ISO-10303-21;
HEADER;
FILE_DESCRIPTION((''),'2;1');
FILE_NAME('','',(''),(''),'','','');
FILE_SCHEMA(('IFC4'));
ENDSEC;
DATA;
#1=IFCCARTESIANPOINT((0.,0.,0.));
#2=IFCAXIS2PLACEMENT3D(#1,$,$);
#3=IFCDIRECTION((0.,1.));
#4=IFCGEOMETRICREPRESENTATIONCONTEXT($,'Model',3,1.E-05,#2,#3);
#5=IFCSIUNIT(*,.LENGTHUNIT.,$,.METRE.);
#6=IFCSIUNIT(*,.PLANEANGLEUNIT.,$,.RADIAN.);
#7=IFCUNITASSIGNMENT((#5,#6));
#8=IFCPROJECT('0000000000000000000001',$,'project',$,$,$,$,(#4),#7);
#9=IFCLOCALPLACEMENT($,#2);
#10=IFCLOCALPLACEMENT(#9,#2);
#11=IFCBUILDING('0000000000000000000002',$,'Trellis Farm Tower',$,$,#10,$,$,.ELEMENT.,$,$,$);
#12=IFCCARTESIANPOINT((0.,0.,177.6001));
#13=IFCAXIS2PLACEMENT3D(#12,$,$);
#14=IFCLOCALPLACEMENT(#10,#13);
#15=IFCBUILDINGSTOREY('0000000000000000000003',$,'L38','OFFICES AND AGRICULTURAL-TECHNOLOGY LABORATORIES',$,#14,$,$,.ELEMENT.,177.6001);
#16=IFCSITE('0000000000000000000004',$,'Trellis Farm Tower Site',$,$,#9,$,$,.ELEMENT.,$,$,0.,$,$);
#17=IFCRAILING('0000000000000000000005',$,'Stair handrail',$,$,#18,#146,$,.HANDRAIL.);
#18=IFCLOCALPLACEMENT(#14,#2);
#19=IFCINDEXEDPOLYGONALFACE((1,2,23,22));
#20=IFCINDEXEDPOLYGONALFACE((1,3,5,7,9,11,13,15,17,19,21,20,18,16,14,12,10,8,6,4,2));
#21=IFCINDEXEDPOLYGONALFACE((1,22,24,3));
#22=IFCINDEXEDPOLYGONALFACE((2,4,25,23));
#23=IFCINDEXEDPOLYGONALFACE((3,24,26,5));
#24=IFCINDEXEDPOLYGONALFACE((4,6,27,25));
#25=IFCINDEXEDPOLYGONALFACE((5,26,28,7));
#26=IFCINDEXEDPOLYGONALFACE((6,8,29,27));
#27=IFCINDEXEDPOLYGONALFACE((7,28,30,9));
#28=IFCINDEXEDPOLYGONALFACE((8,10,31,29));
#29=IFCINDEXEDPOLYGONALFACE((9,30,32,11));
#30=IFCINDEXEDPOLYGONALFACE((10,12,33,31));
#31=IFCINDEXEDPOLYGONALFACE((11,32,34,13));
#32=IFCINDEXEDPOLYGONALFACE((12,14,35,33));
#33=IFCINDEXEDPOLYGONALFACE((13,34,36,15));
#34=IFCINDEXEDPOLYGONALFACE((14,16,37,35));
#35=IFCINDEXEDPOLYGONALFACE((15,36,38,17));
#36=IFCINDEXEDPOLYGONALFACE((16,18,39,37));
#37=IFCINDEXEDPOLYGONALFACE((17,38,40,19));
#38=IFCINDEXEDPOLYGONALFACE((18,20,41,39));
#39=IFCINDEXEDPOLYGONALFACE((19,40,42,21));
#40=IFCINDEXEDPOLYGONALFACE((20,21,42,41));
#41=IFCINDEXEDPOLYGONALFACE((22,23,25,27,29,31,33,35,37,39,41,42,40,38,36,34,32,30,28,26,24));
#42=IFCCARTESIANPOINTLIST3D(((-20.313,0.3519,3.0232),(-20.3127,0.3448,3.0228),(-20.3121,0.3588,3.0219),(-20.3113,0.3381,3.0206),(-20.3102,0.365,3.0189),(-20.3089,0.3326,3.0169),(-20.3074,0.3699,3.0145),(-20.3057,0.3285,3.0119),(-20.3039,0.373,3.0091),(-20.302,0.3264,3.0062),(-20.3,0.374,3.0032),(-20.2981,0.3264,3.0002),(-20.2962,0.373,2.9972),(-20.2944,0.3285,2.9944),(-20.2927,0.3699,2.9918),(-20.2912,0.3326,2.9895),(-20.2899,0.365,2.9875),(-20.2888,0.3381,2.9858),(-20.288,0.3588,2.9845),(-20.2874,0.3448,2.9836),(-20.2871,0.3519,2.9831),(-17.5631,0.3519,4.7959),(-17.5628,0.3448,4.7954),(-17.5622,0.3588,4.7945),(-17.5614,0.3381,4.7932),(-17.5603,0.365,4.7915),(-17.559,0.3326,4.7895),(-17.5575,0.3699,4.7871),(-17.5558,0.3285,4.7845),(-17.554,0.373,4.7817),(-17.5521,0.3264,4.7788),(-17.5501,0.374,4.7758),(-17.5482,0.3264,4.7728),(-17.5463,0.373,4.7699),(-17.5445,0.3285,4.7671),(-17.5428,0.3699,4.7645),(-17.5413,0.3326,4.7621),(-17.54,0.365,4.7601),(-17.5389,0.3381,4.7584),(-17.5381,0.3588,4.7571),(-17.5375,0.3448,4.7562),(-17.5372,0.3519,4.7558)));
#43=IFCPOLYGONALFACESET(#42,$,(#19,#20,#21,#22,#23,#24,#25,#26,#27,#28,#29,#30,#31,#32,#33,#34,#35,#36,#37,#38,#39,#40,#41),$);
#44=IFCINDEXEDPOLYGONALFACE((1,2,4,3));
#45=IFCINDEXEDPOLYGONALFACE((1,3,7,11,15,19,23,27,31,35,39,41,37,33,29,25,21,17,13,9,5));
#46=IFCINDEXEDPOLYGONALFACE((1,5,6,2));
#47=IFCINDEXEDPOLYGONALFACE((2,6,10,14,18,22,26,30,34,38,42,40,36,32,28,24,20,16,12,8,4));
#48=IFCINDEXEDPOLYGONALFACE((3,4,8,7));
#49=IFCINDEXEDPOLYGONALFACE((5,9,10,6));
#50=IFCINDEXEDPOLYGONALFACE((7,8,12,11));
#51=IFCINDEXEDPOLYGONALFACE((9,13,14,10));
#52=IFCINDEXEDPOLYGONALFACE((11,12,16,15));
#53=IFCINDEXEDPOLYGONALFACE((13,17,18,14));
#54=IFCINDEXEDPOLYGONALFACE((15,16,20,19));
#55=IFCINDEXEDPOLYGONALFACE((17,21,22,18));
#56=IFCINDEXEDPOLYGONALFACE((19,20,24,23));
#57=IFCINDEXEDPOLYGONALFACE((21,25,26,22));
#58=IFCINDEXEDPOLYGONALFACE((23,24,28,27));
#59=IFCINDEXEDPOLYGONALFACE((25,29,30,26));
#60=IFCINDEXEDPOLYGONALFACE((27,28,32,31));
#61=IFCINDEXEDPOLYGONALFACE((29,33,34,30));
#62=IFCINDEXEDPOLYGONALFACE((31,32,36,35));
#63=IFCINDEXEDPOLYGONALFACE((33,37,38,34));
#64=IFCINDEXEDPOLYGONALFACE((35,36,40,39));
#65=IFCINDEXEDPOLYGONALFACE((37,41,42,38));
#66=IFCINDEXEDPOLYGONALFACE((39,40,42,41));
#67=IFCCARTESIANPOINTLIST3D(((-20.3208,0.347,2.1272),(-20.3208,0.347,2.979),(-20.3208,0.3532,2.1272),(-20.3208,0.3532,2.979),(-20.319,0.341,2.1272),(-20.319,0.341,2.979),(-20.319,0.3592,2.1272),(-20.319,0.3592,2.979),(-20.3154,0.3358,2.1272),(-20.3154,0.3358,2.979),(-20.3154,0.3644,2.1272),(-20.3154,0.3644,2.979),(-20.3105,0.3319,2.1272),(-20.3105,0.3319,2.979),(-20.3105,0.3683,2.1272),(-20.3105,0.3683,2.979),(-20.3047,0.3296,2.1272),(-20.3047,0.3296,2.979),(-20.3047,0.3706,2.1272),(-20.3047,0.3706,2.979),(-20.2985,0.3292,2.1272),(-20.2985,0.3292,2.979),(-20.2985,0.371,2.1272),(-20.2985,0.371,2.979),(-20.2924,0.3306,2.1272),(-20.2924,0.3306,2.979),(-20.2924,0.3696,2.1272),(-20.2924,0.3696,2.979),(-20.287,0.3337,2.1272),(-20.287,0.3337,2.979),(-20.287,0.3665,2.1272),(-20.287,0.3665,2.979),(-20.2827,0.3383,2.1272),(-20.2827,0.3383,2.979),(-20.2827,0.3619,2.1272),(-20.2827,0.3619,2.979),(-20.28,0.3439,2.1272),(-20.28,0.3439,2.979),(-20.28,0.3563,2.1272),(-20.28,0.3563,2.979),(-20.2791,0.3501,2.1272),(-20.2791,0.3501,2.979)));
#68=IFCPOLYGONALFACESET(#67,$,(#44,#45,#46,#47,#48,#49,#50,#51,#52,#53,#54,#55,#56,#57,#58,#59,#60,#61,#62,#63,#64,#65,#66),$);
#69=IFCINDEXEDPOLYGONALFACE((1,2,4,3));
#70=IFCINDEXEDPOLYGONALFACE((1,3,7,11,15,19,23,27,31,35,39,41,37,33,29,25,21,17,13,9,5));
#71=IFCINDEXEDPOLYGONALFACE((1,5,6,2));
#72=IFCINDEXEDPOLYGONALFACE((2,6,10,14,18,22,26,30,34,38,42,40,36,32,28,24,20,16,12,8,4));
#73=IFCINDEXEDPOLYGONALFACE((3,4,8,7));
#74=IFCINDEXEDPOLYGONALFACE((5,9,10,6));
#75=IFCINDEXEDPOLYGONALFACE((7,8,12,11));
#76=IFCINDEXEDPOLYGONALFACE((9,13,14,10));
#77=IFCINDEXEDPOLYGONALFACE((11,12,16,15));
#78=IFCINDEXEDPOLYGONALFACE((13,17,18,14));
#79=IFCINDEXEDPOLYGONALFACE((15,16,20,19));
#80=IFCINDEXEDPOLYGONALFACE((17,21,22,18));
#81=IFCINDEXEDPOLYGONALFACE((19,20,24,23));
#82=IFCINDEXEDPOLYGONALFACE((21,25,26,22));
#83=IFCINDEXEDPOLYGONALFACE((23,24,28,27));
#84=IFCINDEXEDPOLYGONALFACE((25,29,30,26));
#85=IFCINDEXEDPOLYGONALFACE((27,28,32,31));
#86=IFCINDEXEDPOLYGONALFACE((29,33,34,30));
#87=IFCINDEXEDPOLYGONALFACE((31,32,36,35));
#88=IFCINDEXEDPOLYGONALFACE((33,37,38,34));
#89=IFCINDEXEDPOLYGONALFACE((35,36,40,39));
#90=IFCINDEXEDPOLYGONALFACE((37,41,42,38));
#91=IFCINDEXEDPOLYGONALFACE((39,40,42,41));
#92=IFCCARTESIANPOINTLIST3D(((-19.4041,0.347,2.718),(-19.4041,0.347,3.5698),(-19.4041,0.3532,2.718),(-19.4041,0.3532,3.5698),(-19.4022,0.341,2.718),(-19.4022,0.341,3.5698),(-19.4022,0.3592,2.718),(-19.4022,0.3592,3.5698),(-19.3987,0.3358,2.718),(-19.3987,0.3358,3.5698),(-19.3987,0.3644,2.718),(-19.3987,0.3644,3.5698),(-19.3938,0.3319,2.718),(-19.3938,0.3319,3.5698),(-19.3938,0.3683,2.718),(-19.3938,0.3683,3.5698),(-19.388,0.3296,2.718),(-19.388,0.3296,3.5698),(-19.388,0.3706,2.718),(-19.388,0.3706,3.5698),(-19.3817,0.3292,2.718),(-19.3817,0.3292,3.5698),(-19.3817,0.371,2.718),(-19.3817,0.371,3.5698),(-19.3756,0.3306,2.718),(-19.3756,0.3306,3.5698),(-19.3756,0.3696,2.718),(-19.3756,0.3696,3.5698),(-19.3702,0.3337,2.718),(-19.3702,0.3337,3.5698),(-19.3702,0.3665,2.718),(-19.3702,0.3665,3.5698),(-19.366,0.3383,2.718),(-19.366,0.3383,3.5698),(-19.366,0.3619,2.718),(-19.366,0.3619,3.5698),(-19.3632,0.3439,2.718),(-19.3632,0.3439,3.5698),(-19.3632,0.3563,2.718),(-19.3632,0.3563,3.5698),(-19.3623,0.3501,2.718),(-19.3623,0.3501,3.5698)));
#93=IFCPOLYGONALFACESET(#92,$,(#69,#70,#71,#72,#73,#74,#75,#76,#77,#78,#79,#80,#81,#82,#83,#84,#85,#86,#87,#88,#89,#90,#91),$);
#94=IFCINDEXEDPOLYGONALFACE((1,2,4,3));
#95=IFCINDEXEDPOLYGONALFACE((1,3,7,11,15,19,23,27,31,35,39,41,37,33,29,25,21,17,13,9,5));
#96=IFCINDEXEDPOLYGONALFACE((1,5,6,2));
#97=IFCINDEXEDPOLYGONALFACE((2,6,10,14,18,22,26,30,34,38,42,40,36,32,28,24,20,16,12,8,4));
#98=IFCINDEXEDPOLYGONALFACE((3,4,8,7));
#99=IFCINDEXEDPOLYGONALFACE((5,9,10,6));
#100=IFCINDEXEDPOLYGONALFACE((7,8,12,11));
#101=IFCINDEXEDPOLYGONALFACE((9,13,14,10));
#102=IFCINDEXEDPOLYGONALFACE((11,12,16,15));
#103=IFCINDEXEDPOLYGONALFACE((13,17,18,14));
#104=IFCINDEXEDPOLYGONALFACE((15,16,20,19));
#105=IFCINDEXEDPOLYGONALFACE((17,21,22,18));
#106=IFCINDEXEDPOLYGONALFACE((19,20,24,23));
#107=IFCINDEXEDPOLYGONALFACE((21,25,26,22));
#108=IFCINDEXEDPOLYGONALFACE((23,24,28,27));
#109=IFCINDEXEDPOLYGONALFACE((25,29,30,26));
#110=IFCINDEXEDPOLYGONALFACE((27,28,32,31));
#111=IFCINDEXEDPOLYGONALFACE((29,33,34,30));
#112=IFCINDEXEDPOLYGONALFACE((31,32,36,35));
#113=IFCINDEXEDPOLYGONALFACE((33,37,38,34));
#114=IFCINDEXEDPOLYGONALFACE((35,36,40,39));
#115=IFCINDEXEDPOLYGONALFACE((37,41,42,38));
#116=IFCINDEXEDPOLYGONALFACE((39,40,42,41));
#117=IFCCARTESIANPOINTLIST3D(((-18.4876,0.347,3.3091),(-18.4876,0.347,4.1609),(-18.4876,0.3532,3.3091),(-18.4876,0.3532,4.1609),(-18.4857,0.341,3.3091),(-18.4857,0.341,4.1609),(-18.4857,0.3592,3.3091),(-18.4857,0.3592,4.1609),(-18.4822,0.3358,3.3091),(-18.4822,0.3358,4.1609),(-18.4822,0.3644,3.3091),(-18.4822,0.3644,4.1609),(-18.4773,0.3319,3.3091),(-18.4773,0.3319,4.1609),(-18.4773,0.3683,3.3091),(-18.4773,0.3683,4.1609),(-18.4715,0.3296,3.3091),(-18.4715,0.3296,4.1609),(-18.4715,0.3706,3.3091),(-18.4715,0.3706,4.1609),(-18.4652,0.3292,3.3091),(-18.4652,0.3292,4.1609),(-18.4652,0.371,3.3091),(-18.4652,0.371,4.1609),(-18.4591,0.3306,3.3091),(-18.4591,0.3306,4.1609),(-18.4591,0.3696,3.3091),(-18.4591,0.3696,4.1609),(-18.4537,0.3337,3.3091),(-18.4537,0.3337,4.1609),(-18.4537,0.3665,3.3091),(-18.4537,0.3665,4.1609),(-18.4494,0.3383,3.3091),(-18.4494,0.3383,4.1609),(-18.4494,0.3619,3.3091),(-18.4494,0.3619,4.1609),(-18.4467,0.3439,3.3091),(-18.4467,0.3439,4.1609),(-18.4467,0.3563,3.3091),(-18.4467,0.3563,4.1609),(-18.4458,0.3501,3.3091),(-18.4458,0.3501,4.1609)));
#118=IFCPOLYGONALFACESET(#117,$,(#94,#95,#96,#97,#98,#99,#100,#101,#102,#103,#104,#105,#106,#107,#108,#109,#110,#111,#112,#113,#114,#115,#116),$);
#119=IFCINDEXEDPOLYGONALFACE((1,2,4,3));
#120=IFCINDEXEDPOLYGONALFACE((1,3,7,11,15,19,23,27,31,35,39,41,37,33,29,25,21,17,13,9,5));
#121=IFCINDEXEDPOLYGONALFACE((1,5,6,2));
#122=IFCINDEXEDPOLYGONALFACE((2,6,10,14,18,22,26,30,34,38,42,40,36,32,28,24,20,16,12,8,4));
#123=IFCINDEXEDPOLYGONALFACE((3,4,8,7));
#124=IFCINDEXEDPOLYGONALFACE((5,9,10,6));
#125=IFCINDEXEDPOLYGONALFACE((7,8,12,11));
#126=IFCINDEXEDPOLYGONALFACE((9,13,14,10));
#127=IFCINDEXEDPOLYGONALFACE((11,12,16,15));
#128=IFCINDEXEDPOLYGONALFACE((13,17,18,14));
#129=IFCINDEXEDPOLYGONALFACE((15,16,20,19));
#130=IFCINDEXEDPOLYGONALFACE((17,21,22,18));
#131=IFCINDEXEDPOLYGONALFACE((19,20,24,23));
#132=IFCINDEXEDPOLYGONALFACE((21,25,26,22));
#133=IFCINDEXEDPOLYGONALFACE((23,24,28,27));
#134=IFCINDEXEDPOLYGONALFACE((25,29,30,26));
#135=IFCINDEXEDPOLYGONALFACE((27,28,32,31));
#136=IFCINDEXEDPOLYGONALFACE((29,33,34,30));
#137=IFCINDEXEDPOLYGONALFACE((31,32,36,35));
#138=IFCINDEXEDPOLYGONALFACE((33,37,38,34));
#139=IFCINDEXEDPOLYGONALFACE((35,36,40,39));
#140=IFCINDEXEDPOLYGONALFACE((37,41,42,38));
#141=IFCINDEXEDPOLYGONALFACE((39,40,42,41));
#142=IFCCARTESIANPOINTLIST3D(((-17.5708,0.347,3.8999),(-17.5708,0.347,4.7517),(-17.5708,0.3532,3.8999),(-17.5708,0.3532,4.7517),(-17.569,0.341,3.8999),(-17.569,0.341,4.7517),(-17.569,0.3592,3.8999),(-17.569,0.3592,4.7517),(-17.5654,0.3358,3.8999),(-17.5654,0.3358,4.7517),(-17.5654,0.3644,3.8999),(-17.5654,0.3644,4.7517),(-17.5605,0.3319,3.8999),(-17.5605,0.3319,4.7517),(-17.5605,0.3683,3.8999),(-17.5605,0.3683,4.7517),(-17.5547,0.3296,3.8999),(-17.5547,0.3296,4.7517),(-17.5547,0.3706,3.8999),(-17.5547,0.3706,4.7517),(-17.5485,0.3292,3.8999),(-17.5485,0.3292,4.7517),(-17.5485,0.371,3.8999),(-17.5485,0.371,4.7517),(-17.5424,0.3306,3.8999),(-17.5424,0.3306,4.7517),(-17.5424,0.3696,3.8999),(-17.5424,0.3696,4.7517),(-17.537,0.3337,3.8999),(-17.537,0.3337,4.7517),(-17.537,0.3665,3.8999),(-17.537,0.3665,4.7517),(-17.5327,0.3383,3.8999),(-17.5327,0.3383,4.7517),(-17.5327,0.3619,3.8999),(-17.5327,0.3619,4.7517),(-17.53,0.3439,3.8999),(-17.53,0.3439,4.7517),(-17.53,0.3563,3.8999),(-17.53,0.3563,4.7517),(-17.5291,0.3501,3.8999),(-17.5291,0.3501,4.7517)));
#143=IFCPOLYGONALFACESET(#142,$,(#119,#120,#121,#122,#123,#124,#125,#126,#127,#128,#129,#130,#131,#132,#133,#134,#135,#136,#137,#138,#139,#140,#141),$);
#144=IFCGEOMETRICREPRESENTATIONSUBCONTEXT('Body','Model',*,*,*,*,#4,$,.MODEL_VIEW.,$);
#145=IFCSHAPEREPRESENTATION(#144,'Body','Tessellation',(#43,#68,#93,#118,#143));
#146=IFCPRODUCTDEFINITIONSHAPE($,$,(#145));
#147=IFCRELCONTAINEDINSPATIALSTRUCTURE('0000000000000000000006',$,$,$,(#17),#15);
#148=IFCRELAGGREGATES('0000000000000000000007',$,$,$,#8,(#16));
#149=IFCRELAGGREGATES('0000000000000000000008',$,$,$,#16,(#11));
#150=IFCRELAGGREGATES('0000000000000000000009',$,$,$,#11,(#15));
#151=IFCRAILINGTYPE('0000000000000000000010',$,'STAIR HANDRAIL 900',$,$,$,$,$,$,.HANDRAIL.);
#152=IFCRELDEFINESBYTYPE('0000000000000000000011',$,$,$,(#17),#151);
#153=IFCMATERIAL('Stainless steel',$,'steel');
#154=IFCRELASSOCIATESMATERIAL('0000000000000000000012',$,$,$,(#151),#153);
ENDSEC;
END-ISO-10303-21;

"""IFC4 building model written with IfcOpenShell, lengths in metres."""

from ifc_helpers import new_model, si_unit, direction, frame, origin, origin_2d, place, context, subcontext, project, spatial, circle, extrude, source, transform, mapped, material, type_object, element, save


model = new_model("IFC4")

# Units and contexts
model_context = context("Model", 3, precision=1e-05, world=origin(), true_north=direction((0.0, 1.0)))
body_context = subcontext(model_context, "Body", "Model", "MODEL_VIEW")
ifc_project = project(units=[si_unit("LENGTHUNIT", "METRE"), si_unit("PLANEANGLEUNIT", "RADIAN")], contexts=[model_context])

# Site, building, storey
site_placement = place(None, origin())
site = spatial("IfcSite", under=ifc_project, at=site_placement, Name="Trellis Farm Tower Site", CompositionType="ELEMENT", RefElevation=0.0)
building_placement = place(site_placement, origin())
building = spatial("IfcBuilding", under=site, at=building_placement, Name="Trellis Farm Tower", CompositionType="ELEMENT")
storey_placement = place(building_placement, frame((0.0, 0.0, 177.6001)))
storey = spatial("IfcBuildingStorey", under=building, at=storey_placement, Name="L38", Description="OFFICES AND AGRICULTURAL-TECHNOLOGY LABORATORIES", CompositionType="ELEMENT", Elevation=177.6001)

# Railing
ifc_material_1 = material(Name="Stainless steel", Category="steel")
railing_type = type_object("IfcRailingType", Name="STAIR HANDRAIL 900", PredefinedType="HANDRAIL", material=ifc_material_1)
shared_shape_1 = source(origin(), body_context, "Body", "SweptSolid", [
    extrude(circle(Radius=0.0239, at=origin_2d()), frame((0.0, 0.0, 0.876), z_axis=(0.840504, 0.0, 0.541806), x_axis=(0.0, 1.0, 0.0)), (0.0, 0.0, 1.0), 3.2717),
    extrude(circle(Radius=0.021, at=origin_2d()), origin(), (0.0, 0.0, 1.0), 0.8518),
    extrude(circle(Radius=0.021, at=origin_2d()), frame((0.9167, 0.0, 0.5908)), (0.0, 0.0, 1.0), 0.8518),
    extrude(circle(Radius=0.021, at=origin_2d()), frame((1.8333, 0.0, 1.1819)), (0.0, 0.0, 1.0), 0.8518),
    extrude(circle(Radius=0.021, at=origin_2d()), frame((2.75, 0.0, 1.7727)), (0.0, 0.0, 1.0), 0.8518),
])
for number, where, name in (
    (1, (-20.3, 0.3501, 2.1272), "Stair handrail"),
):
    element("IfcRailing", number, at=place(storey_placement, frame(where)), inside=storey, type_object=railing_type, Name=name, PredefinedType="HANDRAIL", context=body_context, shape_type="MappedRepresentation", body=[
        mapped(shared_shape_1, transform((0.0, 0.0, 0.0))),
    ])

save(model, "model.ifc")
